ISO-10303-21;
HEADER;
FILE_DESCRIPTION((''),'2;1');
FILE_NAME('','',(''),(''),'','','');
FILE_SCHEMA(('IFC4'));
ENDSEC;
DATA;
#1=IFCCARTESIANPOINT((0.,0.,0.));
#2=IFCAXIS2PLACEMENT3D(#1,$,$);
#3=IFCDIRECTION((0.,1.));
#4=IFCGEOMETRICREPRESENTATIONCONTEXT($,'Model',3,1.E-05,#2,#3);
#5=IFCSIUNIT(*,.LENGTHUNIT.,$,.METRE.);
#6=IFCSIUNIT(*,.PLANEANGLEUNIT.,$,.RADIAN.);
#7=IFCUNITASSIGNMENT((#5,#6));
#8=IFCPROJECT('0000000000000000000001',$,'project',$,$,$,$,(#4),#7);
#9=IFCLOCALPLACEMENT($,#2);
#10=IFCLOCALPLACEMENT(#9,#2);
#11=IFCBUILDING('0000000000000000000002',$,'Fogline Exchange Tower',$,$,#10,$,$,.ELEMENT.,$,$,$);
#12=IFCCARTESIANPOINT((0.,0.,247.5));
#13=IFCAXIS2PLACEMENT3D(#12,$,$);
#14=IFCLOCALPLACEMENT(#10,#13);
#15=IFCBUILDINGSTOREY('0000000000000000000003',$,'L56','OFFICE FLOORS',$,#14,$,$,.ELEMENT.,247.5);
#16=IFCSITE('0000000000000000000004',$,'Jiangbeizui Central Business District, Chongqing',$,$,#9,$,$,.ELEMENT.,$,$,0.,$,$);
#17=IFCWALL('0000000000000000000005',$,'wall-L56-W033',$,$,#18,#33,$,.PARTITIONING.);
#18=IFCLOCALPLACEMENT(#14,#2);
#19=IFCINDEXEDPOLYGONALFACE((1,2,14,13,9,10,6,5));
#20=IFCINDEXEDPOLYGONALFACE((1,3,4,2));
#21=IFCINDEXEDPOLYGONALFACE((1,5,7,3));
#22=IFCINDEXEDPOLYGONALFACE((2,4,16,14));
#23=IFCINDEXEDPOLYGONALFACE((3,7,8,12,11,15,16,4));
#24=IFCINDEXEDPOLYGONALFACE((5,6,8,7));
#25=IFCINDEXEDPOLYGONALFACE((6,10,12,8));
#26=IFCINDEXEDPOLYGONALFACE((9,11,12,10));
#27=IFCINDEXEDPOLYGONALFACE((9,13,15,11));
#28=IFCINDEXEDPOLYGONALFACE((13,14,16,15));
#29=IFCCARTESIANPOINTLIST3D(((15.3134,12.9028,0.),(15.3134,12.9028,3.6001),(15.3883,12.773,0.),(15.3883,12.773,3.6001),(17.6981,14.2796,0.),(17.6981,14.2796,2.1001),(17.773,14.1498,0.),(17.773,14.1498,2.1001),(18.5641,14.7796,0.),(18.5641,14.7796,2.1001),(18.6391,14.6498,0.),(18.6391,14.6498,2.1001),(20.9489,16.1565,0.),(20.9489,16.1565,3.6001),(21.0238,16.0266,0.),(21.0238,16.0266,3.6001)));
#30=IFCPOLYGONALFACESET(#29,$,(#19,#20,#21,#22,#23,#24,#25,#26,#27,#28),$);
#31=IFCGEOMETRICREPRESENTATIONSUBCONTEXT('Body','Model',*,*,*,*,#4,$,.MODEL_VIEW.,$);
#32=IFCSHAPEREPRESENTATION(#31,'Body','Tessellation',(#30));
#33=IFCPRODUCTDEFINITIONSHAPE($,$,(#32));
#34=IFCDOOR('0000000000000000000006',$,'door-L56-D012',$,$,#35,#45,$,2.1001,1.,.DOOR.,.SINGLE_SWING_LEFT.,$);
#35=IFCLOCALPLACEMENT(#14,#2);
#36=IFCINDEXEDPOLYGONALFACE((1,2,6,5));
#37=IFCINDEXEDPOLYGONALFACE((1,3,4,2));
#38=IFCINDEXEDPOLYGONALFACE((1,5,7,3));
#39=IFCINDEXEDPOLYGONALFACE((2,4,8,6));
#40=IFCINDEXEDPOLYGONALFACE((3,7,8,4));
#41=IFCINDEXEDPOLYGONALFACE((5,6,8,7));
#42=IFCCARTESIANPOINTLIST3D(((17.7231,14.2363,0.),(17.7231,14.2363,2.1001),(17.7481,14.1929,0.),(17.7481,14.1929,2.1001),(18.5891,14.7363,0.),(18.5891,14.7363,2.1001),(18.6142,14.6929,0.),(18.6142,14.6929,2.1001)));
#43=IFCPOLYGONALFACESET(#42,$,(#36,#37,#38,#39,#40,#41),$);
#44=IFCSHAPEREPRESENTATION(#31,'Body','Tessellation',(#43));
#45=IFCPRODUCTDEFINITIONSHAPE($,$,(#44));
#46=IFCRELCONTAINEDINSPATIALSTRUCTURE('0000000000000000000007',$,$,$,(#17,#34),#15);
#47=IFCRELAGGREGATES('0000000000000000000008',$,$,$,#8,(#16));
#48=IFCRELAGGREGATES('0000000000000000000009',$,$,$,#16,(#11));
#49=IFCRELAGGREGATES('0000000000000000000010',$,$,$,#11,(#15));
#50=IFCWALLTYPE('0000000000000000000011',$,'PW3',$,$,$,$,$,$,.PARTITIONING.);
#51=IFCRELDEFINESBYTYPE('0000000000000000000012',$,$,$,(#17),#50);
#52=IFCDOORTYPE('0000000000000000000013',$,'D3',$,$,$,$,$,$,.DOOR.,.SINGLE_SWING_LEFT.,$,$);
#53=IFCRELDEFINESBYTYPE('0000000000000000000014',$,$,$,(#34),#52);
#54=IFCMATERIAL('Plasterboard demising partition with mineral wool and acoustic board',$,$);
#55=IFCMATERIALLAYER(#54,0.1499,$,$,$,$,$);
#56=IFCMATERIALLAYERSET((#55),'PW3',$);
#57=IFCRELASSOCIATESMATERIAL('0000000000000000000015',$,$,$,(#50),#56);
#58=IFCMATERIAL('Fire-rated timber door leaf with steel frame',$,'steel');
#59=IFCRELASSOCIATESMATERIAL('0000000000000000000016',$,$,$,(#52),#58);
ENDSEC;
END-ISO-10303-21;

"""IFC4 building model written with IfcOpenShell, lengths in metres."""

from ifc_helpers import new_model, si_unit, direction, frame, frame_2d, origin, place, context, subcontext, project, spatial, rectangle, extrude, material, layer, layer_set, type_object, element, fill, save


model = new_model("IFC4")

# Units and contexts
model_context = context("Model", 3, precision=1e-05, world=origin(), true_north=direction((0.0, 1.0)))
body_context = subcontext(model_context, "Body", "Model", "MODEL_VIEW")
ifc_project = project(units=[si_unit("LENGTHUNIT", "METRE"), si_unit("PLANEANGLEUNIT", "RADIAN")], contexts=[model_context])

# Site, building, storey
site_placement = place(None, origin())
site = spatial("IfcSite", under=ifc_project, at=site_placement, Name="Jiangbeizui Central Business District, Chongqing", CompositionType="ELEMENT", RefElevation=0.0)
building_placement = place(site_placement, origin())
building = spatial("IfcBuilding", under=site, at=building_placement, Name="Fogline Exchange Tower", CompositionType="ELEMENT")
storey_placement = place(building_placement, frame((0.0, 0.0, 247.5)))
storey = spatial("IfcBuildingStorey", under=building, at=storey_placement, Name="L56", Description="OFFICE FLOORS", CompositionType="ELEMENT", Elevation=247.5)

# Shared definitions
ifc_material_1 = material(Name="Plasterboard demising partition with mineral wool and acoustic board")
ifc_layer_1 = layer(ifc_material_1, 0.1499)
ifc_layer_set_1 = layer_set([ifc_layer_1], Name="PW3")
wall_type_1 = type_object("IfcWallType", Name="PW3", PredefinedType="PARTITIONING", material=ifc_layer_set_1)
ifc_material_2 = material(Name="Fire-rated timber door leaf with steel frame", Category="steel")
door_type_1 = type_object("IfcDoorType", Name="D3", OperationType="SINGLE_SWING_LEFT", PredefinedType="DOOR", material=ifc_material_2)

# Wall, opening, door
wall_1_placement = place(storey_placement, frame((15.3508, 12.8379, 0.0), z_axis=(0.0, 0.0, 1.0), x_axis=(0.866025, 0.500001, 0.0)))
wall_1 = element("IfcWall", 1, at=wall_1_placement, inside=storey, type_object=wall_type_1, Name="wall-L56-W033", PredefinedType="PARTITIONING", context=body_context, shape_type="SweptSolid", body=[
    extrude(rectangle(XDim=6.5073, YDim=0.1499, at=frame_2d((3.2537, 0.0))), origin(), (0.0, 0.0, 1.0), 3.6001),
])
opening_1_placement = place(wall_1_placement, frame((2.7537, 0.0, 0.0)))
opening_1 = element("IfcOpeningElement", 2, at=opening_1_placement, cuts=wall_1, PredefinedType="OPENING", context=body_context, shape_type="SweptSolid", body=[
    extrude(rectangle(XDim=1.0, YDim=2.1001, at=frame_2d((0.5, 1.05))), frame((0.0, 0.085, 0.0), z_axis=(0.0, -1.0, 0.0), x_axis=(1.0, 0.0, 0.0)), (0.0, 0.0, 1.0), 0.1699),
])
door_1_placement = place(opening_1_placement, origin())
door_1 = element("IfcDoor", 3, at=door_1_placement, inside=storey, type_object=door_type_1, Name="door-L56-D012", OperationType="SINGLE_SWING_LEFT", OverallHeight=2.1001, OverallWidth=1.0, PredefinedType="DOOR", context=body_context, shape_type="SweptSolid", body=[
    extrude(rectangle(XDim=1.0, YDim=2.1001, at=frame_2d((0.5, 1.05))), frame((0.0, 0.0249, 0.0), z_axis=(0.0, -1.0, 0.0), x_axis=(1.0, 0.0, 0.0)), (0.0, 0.0, 1.0), 0.05),
])
fill(opening_1, door_1)

save(model, "model.ifc")
